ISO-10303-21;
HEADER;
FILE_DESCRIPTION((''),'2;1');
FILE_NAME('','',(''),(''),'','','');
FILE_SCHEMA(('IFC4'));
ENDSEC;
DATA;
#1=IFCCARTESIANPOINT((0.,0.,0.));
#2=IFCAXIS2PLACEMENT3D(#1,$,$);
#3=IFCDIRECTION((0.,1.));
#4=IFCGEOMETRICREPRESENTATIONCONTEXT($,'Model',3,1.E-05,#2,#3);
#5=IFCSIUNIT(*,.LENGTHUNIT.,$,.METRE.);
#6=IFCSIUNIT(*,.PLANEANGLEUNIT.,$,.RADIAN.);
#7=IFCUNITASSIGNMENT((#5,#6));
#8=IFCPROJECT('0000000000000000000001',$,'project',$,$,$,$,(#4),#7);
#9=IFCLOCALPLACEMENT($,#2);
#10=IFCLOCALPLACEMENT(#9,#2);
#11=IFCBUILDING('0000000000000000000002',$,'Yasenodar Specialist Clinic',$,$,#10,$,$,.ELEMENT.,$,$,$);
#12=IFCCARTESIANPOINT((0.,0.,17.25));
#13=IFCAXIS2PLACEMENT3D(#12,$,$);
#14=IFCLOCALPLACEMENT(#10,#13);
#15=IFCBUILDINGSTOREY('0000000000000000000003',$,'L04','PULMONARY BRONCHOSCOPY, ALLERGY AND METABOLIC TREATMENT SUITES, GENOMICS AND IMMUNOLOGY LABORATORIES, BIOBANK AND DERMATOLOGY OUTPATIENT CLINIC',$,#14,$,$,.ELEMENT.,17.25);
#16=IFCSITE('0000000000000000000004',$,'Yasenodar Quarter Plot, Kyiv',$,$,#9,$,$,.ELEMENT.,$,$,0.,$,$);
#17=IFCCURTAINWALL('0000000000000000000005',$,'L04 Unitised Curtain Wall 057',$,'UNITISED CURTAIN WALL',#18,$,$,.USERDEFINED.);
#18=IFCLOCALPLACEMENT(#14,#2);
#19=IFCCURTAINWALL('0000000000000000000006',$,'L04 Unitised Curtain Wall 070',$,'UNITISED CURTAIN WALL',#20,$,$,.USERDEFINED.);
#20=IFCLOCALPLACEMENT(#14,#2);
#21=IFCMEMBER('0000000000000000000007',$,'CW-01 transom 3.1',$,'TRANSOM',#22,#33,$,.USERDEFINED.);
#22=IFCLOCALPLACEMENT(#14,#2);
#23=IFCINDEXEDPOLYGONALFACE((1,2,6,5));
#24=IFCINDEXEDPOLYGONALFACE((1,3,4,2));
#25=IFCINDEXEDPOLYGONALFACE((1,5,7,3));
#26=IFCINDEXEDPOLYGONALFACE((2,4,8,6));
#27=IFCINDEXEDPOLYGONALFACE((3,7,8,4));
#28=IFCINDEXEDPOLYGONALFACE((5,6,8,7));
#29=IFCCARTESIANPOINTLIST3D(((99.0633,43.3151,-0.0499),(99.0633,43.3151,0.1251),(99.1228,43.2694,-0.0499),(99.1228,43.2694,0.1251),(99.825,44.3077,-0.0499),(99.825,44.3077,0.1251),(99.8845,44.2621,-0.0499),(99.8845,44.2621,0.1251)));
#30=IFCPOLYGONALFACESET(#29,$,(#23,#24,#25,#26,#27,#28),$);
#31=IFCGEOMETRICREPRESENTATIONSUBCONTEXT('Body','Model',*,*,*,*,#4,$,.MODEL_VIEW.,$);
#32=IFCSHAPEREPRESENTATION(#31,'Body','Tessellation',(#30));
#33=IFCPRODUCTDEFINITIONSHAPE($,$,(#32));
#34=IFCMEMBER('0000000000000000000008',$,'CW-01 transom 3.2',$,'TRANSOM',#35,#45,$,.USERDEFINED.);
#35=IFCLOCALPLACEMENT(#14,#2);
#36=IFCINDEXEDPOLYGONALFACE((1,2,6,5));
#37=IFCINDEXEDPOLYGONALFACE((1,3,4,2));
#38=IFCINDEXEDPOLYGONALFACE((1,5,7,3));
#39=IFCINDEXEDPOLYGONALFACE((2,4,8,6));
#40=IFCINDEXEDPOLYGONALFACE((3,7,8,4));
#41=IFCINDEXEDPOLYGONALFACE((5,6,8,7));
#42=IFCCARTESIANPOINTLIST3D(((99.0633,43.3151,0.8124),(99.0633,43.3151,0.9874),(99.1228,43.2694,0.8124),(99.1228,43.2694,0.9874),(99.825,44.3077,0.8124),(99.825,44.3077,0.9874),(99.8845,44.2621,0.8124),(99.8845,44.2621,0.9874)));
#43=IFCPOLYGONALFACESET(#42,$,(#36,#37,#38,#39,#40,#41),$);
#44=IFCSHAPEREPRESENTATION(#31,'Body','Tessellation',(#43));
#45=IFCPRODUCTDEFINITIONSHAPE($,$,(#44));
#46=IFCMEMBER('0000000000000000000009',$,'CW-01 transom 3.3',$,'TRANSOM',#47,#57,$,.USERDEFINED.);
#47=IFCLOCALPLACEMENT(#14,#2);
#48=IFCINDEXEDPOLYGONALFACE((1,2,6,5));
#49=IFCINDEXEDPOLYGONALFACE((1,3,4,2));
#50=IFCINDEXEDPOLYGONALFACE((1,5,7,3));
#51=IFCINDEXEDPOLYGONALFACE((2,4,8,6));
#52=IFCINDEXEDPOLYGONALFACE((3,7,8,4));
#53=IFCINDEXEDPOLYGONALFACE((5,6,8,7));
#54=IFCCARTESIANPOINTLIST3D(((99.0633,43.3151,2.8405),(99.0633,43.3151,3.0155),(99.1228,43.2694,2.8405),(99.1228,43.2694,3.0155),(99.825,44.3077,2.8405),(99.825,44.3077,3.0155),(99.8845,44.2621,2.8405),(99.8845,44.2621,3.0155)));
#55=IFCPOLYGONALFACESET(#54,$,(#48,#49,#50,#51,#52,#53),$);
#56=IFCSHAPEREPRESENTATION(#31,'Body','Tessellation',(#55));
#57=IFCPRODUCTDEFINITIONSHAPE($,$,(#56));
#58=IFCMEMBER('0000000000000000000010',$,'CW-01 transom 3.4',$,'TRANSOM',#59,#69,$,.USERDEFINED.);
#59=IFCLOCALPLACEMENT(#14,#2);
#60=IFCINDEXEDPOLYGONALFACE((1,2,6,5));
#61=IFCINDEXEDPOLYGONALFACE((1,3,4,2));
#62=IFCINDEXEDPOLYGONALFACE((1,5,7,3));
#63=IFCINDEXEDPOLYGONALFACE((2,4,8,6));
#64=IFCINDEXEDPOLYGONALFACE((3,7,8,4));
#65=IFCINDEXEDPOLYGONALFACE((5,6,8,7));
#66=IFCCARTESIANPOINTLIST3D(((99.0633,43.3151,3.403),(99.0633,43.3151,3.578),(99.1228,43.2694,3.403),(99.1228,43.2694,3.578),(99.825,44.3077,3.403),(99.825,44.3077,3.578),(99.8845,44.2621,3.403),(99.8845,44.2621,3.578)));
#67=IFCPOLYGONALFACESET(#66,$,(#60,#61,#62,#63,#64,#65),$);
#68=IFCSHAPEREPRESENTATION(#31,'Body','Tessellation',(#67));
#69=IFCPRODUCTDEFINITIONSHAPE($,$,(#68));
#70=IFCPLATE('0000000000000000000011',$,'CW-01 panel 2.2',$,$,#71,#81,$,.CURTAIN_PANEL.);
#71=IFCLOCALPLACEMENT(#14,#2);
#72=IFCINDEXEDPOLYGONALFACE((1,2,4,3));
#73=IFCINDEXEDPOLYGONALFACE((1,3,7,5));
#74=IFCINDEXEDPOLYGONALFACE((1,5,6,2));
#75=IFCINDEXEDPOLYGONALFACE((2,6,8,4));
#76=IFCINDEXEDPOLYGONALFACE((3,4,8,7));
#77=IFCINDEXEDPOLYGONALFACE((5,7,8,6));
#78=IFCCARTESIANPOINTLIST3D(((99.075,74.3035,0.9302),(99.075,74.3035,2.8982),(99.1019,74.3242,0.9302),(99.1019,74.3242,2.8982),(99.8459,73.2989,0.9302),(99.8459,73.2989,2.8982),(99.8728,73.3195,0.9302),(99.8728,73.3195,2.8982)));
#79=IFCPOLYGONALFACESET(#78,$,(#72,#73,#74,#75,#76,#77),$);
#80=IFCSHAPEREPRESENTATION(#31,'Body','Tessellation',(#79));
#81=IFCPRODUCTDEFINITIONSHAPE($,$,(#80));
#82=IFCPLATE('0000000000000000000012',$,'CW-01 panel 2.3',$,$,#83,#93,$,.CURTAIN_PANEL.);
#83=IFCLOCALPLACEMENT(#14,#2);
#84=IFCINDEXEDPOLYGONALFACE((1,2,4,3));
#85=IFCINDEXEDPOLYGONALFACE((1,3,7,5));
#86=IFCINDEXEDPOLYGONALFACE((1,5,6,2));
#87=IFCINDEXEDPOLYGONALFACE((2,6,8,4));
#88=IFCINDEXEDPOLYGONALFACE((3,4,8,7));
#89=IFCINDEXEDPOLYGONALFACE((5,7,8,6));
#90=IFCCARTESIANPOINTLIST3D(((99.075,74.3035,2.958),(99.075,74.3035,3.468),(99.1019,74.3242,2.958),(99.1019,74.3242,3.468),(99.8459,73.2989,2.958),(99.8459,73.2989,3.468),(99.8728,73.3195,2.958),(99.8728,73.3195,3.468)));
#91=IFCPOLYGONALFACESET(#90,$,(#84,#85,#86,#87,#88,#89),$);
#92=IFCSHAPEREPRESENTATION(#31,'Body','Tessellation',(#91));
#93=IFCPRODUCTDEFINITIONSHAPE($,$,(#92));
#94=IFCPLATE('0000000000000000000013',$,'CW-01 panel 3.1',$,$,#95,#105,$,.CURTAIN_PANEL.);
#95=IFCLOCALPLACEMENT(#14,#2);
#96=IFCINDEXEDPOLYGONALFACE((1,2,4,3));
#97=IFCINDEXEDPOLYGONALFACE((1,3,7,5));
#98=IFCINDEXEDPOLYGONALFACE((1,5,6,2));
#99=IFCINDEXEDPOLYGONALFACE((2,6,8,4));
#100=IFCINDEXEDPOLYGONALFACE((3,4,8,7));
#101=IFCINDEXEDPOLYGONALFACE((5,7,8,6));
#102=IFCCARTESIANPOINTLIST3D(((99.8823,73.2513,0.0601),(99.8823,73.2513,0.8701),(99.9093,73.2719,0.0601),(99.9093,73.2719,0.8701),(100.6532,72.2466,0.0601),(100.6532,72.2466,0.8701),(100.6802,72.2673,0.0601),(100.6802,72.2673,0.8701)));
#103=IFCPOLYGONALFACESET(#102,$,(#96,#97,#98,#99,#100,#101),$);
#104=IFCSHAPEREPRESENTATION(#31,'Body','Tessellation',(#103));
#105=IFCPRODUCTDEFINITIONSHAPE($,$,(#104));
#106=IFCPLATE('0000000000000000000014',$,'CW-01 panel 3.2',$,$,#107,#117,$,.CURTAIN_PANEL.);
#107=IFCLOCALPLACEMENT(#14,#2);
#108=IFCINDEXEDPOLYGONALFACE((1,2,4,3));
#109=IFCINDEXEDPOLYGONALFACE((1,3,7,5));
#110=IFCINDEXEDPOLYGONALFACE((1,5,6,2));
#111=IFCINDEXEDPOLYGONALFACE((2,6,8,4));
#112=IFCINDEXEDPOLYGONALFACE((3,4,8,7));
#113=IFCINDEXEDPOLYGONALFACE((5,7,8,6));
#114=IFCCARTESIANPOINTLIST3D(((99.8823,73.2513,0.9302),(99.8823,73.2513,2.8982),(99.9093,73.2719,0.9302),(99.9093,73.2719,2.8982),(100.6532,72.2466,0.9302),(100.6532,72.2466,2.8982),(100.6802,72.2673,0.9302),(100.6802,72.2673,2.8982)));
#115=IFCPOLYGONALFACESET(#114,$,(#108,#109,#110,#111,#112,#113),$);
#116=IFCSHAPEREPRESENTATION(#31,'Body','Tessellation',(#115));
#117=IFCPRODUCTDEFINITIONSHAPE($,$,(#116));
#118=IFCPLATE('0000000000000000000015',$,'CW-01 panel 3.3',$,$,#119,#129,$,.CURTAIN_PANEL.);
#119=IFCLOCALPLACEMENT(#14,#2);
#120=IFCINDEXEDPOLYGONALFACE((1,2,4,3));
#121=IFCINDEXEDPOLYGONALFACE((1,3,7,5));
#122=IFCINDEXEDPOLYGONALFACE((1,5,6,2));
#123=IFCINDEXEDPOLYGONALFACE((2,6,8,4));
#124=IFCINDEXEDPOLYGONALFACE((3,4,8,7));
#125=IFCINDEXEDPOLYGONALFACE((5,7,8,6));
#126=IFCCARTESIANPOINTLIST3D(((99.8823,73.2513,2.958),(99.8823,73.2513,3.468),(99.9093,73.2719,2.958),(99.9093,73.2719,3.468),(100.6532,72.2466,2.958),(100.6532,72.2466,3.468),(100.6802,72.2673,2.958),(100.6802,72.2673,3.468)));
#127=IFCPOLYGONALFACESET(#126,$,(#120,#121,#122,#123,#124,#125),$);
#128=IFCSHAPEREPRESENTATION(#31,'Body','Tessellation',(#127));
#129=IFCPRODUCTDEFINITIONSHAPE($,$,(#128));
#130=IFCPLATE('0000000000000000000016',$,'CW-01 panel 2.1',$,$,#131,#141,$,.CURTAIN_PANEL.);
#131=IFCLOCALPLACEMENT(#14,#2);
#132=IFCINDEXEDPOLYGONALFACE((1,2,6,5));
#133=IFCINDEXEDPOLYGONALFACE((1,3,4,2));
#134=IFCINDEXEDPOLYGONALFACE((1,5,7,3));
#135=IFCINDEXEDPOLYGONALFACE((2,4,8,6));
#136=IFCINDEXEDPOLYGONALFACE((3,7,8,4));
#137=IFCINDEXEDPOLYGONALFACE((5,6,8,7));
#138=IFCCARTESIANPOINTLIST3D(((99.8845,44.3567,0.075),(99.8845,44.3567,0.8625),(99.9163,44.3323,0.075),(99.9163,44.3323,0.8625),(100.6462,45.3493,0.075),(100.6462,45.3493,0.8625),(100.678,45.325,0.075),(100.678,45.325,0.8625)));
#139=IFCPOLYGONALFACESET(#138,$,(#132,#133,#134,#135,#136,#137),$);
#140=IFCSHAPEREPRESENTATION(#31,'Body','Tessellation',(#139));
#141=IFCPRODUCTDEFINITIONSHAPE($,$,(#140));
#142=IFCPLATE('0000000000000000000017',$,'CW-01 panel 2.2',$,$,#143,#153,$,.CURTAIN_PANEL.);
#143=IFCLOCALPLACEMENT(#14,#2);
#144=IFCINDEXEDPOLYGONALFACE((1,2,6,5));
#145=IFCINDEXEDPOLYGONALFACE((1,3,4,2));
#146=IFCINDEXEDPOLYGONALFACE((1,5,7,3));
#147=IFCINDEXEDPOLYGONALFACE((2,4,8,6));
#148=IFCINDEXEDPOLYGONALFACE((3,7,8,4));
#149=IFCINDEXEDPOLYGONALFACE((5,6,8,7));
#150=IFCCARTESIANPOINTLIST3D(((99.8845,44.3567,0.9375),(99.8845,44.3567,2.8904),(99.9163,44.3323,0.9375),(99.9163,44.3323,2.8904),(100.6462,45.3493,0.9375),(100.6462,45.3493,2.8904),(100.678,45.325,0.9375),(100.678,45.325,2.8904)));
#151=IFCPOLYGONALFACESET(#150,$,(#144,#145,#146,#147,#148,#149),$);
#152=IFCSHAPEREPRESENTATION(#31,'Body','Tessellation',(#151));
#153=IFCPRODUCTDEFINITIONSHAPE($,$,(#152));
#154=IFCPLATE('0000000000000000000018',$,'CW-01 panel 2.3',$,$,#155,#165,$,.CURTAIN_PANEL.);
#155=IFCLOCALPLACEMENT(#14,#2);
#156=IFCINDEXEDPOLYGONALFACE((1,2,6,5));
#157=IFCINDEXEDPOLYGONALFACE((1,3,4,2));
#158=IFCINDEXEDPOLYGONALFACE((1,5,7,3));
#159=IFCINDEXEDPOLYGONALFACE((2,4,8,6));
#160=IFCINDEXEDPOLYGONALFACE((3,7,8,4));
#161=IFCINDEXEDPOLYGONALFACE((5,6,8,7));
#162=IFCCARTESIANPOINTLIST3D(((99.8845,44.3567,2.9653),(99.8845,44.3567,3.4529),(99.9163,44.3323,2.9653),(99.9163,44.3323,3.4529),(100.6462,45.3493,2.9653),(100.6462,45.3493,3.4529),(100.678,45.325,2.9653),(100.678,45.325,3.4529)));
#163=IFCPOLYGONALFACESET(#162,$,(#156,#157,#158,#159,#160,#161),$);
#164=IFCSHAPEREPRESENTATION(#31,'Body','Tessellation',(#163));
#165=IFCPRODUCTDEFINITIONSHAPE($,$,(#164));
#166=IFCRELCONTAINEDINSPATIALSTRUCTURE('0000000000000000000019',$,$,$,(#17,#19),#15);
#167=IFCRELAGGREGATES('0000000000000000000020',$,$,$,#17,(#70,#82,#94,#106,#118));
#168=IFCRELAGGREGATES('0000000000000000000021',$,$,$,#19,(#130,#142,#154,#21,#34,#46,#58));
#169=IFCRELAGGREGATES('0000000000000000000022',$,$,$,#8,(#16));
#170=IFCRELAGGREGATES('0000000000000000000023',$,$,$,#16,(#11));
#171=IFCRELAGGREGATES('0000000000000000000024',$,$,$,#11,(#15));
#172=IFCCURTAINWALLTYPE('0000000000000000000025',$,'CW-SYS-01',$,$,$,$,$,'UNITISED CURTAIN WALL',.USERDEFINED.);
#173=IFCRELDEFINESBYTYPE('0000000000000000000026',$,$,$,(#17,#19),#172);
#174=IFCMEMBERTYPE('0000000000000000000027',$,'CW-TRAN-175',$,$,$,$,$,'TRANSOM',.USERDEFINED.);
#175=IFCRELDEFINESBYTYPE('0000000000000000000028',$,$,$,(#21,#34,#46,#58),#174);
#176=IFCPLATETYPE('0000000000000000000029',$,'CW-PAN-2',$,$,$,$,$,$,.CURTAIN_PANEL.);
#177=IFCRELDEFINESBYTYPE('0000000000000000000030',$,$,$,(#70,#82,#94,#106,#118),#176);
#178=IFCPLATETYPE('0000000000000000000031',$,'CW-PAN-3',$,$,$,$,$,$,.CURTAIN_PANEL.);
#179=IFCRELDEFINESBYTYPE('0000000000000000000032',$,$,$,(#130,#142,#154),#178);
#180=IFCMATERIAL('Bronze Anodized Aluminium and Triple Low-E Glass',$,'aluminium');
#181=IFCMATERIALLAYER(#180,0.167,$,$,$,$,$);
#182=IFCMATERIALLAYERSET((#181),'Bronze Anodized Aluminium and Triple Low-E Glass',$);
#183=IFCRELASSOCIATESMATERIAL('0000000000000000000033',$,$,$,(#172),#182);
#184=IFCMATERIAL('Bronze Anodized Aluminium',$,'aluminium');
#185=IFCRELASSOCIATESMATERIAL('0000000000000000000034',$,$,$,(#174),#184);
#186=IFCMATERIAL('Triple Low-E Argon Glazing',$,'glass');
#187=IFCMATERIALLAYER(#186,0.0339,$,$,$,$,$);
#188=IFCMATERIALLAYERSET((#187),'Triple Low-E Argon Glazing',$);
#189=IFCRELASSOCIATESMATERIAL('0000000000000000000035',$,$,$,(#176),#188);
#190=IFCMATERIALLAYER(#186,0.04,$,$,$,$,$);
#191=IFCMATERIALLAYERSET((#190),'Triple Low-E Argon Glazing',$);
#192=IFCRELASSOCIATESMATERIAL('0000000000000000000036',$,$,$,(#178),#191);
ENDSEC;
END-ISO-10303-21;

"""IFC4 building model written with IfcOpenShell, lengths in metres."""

from ifc_helpers import new_model, si_unit, direction, frame, origin, origin_2d, place, context, subcontext, project, spatial, rectangle, extrude, material, layer, layer_set, material_profile, profile_set, type_object, element, aggregate, save


model = new_model("IFC4")

# Units and contexts
model_context = context("Model", 3, precision=1e-05, world=origin(), true_north=direction((0.0, 1.0)))
body_context = subcontext(model_context, "Body", "Model", "MODEL_VIEW")
ifc_project = project(units=[si_unit("LENGTHUNIT", "METRE"), si_unit("PLANEANGLEUNIT", "RADIAN")], contexts=[model_context])

# Site, building, storey
site_placement = place(None, origin())
site = spatial("IfcSite", under=ifc_project, at=site_placement, Name="Yasenodar Quarter Plot, Kyiv", CompositionType="ELEMENT", RefElevation=0.0)
building_placement = place(site_placement, origin())
building = spatial("IfcBuilding", under=site, at=building_placement, Name="Yasenodar Specialist Clinic", CompositionType="ELEMENT")
storey_placement = place(building_placement, frame((0.0, 0.0, 17.25)))
storey = spatial("IfcBuildingStorey", under=building, at=storey_placement, Name="L04", Description="PULMONARY BRONCHOSCOPY, ALLERGY AND METABOLIC TREATMENT SUITES, GENOMICS AND IMMUNOLOGY LABORATORIES, BIOBANK AND DERMATOLOGY OUTPATIENT CLINIC", CompositionType="ELEMENT", Elevation=17.25)

# Curtain walls
ifc_material_1 = material(Name="Bronze Anodized Aluminium and Triple Low-E Glass", Category="aluminium")
ifc_layer_1 = layer(ifc_material_1, 0.167)
ifc_layer_set_1 = layer_set([ifc_layer_1], Name="Bronze Anodized Aluminium and Triple Low-E Glass")
curtain_wall_type = type_object("IfcCurtainWallType", Name="CW-SYS-01", ElementType="UNITISED CURTAIN WALL", PredefinedType="USERDEFINED", material=ifc_layer_set_1)
curtain_wall_1_placement = place(storey_placement, origin())
curtain_wall_1 = element("IfcCurtainWall", 1, at=curtain_wall_1_placement, inside=storey, type_object=curtain_wall_type, Name="L04 Unitised Curtain Wall 057", ObjectType="UNITISED CURTAIN WALL", PredefinedType="USERDEFINED")
ifc_material_2 = material(Name="Bronze Anodized Aluminium", Category="aluminium")
curtain_wall_2_placement = place(storey_placement, origin())
curtain_wall_2 = element("IfcCurtainWall", 2, at=curtain_wall_2_placement, inside=storey, type_object=curtain_wall_type, Name="L04 Unitised Curtain Wall 070", ObjectType="UNITISED CURTAIN WALL", PredefinedType="USERDEFINED")

# Members
ifc_material_profile_1 = material_profile(ifc_material_2, rectangle(XDim=0.075, YDim=0.175, at=origin_2d()), Name="CW-TRAN 75x175")
ifc_profile_set_1 = profile_set([ifc_material_profile_1], Name="Bronze Anodized Aluminium")
member_type_1 = type_object("IfcMemberType", Name="CW-TRAN-175", ElementType="TRANSOM", PredefinedType="USERDEFINED", material=ifc_profile_set_1)
member_1_placement = place(storey_placement, frame((99.8547, 44.2849, 0.0376), z_axis=(-0.608767, -0.793349, 0.0), x_axis=(0.793349, -0.608767, 0.0)))
member_1 = element("IfcMember", 3, at=member_1_placement, type_object=member_type_1, Name="CW-01 transom 3.1", ObjectType="TRANSOM", PredefinedType="USERDEFINED", context=body_context, shape_type="SweptSolid", body=[
    extrude(rectangle(XDim=0.075, YDim=0.175, at=origin_2d()), origin(), (0.0, 0.0, 1.0), 1.2512),
])
member_2_placement = place(storey_placement, frame((99.8547, 44.2849, 0.8999), z_axis=(-0.608767, -0.793349, 0.0), x_axis=(0.793349, -0.608767, 0.0)))
member_2 = element("IfcMember", 4, at=member_2_placement, type_object=member_type_1, Name="CW-01 transom 3.2", ObjectType="TRANSOM", PredefinedType="USERDEFINED", context=body_context, shape_type="SweptSolid", body=[
    extrude(rectangle(XDim=0.075, YDim=0.175, at=origin_2d()), origin(), (0.0, 0.0, 1.0), 1.2512),
])
member_3_placement = place(storey_placement, frame((99.8547, 44.2849, 2.928), z_axis=(-0.608767, -0.793349, 0.0), x_axis=(0.793349, -0.608767, 0.0)))
member_3 = element("IfcMember", 5, at=member_3_placement, type_object=member_type_1, Name="CW-01 transom 3.3", ObjectType="TRANSOM", PredefinedType="USERDEFINED", context=body_context, shape_type="SweptSolid", body=[
    extrude(rectangle(XDim=0.075, YDim=0.175, at=origin_2d()), origin(), (0.0, 0.0, 1.0), 1.2512),
])
member_4_placement = place(storey_placement, frame((99.8547, 44.2849, 3.4905), z_axis=(-0.608767, -0.793349, 0.0), x_axis=(0.793349, -0.608767, 0.0)))
member_4 = element("IfcMember", 6, at=member_4_placement, type_object=member_type_1, Name="CW-01 transom 3.4", ObjectType="TRANSOM", PredefinedType="USERDEFINED", context=body_context, shape_type="SweptSolid", body=[
    extrude(rectangle(XDim=0.075, YDim=0.175, at=origin_2d()), origin(), (0.0, 0.0, 1.0), 1.2512),
])

# Plates
ifc_material_3 = material(Name="Triple Low-E Argon Glazing", Category="glass")
ifc_layer_2 = layer(ifc_material_3, 0.0339)
ifc_layer_set_2 = layer_set([ifc_layer_2], Name="Triple Low-E Argon Glazing")
plate_type_1 = type_object("IfcPlateType", Name="CW-PAN-2", PredefinedType="CURTAIN_PANEL", material=ifc_layer_set_2)
plate_1_placement = place(storey_placement, frame((99.4739, 73.8115, 0.9302), z_axis=(0.0, 0.0, 1.0), x_axis=(0.608752, -0.793361, 0.0)))
plate_1 = element("IfcPlate", 7, at=plate_1_placement, type_object=plate_type_1, Name="CW-01 panel 2.2", PredefinedType="CURTAIN_PANEL", context=body_context, shape_type="SweptSolid", body=[
    extrude(rectangle(XDim=1.2664, YDim=0.0339, at=origin_2d()), origin(), (0.0, 0.0, 1.0), 1.968),
])
plate_2_placement = place(storey_placement, frame((99.4739, 73.8115, 2.958), z_axis=(0.0, 0.0, 1.0), x_axis=(0.608752, -0.793361, 0.0)))
plate_2 = element("IfcPlate", 8, at=plate_2_placement, type_object=plate_type_1, Name="CW-01 panel 2.3", PredefinedType="CURTAIN_PANEL", context=body_context, shape_type="SweptSolid", body=[
    extrude(rectangle(XDim=1.2664, YDim=0.0339, at=origin_2d()), origin(), (0.0, 0.0, 1.0), 0.51),
])
plate_3_placement = place(storey_placement, frame((100.2812, 72.7593, 0.0601), z_axis=(0.0, 0.0, 1.0), x_axis=(0.608752, -0.793361, 0.0)))
plate_3 = element("IfcPlate", 9, at=plate_3_placement, type_object=plate_type_1, Name="CW-01 panel 3.1", PredefinedType="CURTAIN_PANEL", context=body_context, shape_type="SweptSolid", body=[
    extrude(rectangle(XDim=1.2664, YDim=0.0339, at=origin_2d()), origin(), (0.0, 0.0, 1.0), 0.8101),
])
plate_4_placement = place(storey_placement, frame((100.2812, 72.7593, 0.9302), z_axis=(0.0, 0.0, 1.0), x_axis=(0.608752, -0.793361, 0.0)))
plate_4 = element("IfcPlate", 10, at=plate_4_placement, type_object=plate_type_1, Name="CW-01 panel 3.2", PredefinedType="CURTAIN_PANEL", context=body_context, shape_type="SweptSolid", body=[
    extrude(rectangle(XDim=1.2664, YDim=0.0339, at=origin_2d()), origin(), (0.0, 0.0, 1.0), 1.968),
])
plate_5_placement = place(storey_placement, frame((100.2812, 72.7593, 2.958), z_axis=(0.0, 0.0, 1.0), x_axis=(0.608752, -0.793361, 0.0)))
plate_5 = element("IfcPlate", 11, at=plate_5_placement, type_object=plate_type_1, Name="CW-01 panel 3.3", PredefinedType="CURTAIN_PANEL", context=body_context, shape_type="SweptSolid", body=[
    extrude(rectangle(XDim=1.2664, YDim=0.0339, at=origin_2d()), origin(), (0.0, 0.0, 1.0), 0.51),
])
aggregate(curtain_wall_1, [plate_1, plate_2, plate_3, plate_4, plate_5])
ifc_layer_3 = layer(ifc_material_3, 0.04)
ifc_layer_set_3 = layer_set([ifc_layer_3], Name="Triple Low-E Argon Glazing")
plate_type_2 = type_object("IfcPlateType", Name="CW-PAN-3", PredefinedType="CURTAIN_PANEL", material=ifc_layer_set_3)
plate_6_placement = place(storey_placement, frame((100.2812, 44.8408, 0.075), z_axis=(0.0, 0.0, 1.0), x_axis=(-0.608752, -0.793361, 0.0)))
plate_6 = element("IfcPlate", 12, at=plate_6_placement, type_object=plate_type_2, Name="CW-01 panel 2.1", PredefinedType="CURTAIN_PANEL", context=body_context, shape_type="SweptSolid", body=[
    extrude(rectangle(XDim=1.2512, YDim=0.04, at=origin_2d()), origin(), (0.0, 0.0, 1.0), 0.7876),
])
plate_7_placement = place(storey_placement, frame((100.2812, 44.8408, 0.9375), z_axis=(0.0, 0.0, 1.0), x_axis=(-0.608752, -0.793361, 0.0)))
plate_7 = element("IfcPlate", 13, at=plate_7_placement, type_object=plate_type_2, Name="CW-01 panel 2.2", PredefinedType="CURTAIN_PANEL", context=body_context, shape_type="SweptSolid", body=[
    extrude(rectangle(XDim=1.2512, YDim=0.04, at=origin_2d()), origin(), (0.0, 0.0, 1.0), 1.9529),
])
plate_8_placement = place(storey_placement, frame((100.2812, 44.8408, 2.9653), z_axis=(0.0, 0.0, 1.0), x_axis=(-0.608752, -0.793361, 0.0)))
plate_8 = element("IfcPlate", 14, at=plate_8_placement, type_object=plate_type_2, Name="CW-01 panel 2.3", PredefinedType="CURTAIN_PANEL", context=body_context, shape_type="SweptSolid", body=[
    extrude(rectangle(XDim=1.2512, YDim=0.04, at=origin_2d()), origin(), (0.0, 0.0, 1.0), 0.4875),
])
aggregate(curtain_wall_2, [plate_6, plate_7, plate_8, member_1, member_2, member_3, member_4])

save(model, "model.ifc")
